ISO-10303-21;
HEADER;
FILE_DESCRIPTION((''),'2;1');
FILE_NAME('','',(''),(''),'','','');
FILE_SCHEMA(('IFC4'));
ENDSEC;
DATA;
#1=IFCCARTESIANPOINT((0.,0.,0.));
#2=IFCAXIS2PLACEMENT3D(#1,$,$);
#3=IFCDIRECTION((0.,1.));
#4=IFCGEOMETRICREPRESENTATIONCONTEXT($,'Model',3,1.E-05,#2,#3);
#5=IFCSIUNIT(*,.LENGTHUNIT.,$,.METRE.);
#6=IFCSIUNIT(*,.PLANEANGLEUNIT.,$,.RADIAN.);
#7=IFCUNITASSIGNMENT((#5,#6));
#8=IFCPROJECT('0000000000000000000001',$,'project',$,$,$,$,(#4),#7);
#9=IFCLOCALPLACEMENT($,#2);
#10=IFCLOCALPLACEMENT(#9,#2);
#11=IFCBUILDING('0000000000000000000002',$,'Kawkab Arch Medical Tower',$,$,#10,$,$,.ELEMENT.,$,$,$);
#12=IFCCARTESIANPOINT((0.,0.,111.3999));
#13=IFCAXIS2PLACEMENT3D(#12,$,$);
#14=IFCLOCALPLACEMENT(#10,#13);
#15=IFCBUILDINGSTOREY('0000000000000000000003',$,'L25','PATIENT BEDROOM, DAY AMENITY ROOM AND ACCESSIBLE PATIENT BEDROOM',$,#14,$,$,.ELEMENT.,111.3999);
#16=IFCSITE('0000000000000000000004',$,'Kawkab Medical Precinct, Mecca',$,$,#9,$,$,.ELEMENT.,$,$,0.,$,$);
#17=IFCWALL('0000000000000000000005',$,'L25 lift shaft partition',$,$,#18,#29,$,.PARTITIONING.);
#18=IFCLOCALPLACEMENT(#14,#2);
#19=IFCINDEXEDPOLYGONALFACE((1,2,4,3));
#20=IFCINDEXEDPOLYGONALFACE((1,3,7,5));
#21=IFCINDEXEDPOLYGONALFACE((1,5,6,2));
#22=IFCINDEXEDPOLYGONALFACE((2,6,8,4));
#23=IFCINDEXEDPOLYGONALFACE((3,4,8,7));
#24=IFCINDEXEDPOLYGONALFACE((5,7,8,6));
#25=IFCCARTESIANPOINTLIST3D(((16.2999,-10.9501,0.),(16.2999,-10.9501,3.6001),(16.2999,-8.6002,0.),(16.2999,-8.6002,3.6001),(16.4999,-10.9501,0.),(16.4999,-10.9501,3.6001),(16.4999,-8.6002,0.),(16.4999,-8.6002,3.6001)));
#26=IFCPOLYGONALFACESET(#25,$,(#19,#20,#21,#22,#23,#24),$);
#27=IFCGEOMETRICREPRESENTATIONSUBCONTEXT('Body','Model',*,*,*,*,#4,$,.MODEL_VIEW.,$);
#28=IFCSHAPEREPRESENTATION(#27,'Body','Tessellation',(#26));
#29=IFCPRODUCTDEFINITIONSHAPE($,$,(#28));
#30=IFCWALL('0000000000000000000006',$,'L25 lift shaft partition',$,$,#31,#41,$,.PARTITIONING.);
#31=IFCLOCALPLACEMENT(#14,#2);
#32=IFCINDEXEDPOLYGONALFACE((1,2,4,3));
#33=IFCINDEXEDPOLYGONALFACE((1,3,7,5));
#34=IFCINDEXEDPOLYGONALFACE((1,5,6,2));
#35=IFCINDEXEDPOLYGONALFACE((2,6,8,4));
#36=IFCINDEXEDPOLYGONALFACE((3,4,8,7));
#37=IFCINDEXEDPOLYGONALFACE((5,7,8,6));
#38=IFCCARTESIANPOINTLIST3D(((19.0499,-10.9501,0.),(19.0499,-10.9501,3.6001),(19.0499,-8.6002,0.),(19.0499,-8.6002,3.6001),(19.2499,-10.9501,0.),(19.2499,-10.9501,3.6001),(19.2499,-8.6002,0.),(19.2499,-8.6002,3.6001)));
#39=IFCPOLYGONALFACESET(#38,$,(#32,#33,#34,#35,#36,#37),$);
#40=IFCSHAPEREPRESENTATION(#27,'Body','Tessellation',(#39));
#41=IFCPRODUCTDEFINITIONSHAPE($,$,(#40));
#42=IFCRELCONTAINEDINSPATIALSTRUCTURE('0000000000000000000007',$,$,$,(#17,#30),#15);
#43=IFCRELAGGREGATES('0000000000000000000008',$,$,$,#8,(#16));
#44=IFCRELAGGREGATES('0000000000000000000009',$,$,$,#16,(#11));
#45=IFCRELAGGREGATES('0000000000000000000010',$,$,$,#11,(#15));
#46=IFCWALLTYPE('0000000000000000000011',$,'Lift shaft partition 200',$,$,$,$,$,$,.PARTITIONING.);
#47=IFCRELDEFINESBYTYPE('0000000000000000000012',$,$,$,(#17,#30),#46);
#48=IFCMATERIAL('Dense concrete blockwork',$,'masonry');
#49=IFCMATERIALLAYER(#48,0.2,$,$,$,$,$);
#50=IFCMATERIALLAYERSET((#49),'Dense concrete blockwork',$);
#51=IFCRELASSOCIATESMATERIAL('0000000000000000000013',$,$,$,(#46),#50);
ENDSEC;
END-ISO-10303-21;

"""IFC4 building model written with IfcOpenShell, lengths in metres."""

from ifc_helpers import new_model, si_unit, direction, frame, frame_2d, origin, place, context, subcontext, project, spatial, rectangle, extrude, material, layer, layer_set, type_object, element, save


model = new_model("IFC4")

# Units and contexts
model_context = context("Model", 3, precision=1e-05, world=origin(), true_north=direction((0.0, 1.0)))
body_context = subcontext(model_context, "Body", "Model", "MODEL_VIEW")
ifc_project = project(units=[si_unit("LENGTHUNIT", "METRE"), si_unit("PLANEANGLEUNIT", "RADIAN")], contexts=[model_context])

# Site, building, storey
site_placement = place(None, origin())
site = spatial("IfcSite", under=ifc_project, at=site_placement, Name="Kawkab Medical Precinct, Mecca", CompositionType="ELEMENT", RefElevation=0.0)
building_placement = place(site_placement, origin())
building = spatial("IfcBuilding", under=site, at=building_placement, Name="Kawkab Arch Medical Tower", CompositionType="ELEMENT")
storey_placement = place(building_placement, frame((0.0, 0.0, 111.3999)))
storey = spatial("IfcBuildingStorey", under=building, at=storey_placement, Name="L25", Description="PATIENT BEDROOM, DAY AMENITY ROOM AND ACCESSIBLE PATIENT BEDROOM", CompositionType="ELEMENT", Elevation=111.3999)

# Walls
ifc_material_1 = material(Name="Dense concrete blockwork", Category="masonry")
ifc_layer_1 = layer(ifc_material_1, 0.2)
ifc_layer_set_1 = layer_set([ifc_layer_1], Name="Dense concrete blockwork")
wall_type_1 = type_object("IfcWallType", Name="Lift shaft partition 200", PredefinedType="PARTITIONING", material=ifc_layer_set_1)
for number, where, z_axis, x_axis, name in (
    (1, (16.3999, -10.95, 0.0), (0.0, 0.0, 1.0), (0.0, 1.0, 0.0), "L25 lift shaft partition"),
    (2, (19.1499, -10.95, 0.0), (0.0, 0.0, 1.0), (0.0, 1.0, 0.0), "L25 lift shaft partition"),
):
    element("IfcWall", number, at=place(storey_placement, frame(where, z_axis=z_axis, x_axis=x_axis)), inside=storey, type_object=wall_type_1, Name=name, PredefinedType="PARTITIONING", context=body_context, shape_type="SweptSolid", body=[
        extrude(rectangle(XDim=2.3499, YDim=0.2, at=frame_2d((1.1748, 0.0))), origin(), (0.0, 0.0, 1.0), 3.6001),
    ])

save(model, "model.ifc")
